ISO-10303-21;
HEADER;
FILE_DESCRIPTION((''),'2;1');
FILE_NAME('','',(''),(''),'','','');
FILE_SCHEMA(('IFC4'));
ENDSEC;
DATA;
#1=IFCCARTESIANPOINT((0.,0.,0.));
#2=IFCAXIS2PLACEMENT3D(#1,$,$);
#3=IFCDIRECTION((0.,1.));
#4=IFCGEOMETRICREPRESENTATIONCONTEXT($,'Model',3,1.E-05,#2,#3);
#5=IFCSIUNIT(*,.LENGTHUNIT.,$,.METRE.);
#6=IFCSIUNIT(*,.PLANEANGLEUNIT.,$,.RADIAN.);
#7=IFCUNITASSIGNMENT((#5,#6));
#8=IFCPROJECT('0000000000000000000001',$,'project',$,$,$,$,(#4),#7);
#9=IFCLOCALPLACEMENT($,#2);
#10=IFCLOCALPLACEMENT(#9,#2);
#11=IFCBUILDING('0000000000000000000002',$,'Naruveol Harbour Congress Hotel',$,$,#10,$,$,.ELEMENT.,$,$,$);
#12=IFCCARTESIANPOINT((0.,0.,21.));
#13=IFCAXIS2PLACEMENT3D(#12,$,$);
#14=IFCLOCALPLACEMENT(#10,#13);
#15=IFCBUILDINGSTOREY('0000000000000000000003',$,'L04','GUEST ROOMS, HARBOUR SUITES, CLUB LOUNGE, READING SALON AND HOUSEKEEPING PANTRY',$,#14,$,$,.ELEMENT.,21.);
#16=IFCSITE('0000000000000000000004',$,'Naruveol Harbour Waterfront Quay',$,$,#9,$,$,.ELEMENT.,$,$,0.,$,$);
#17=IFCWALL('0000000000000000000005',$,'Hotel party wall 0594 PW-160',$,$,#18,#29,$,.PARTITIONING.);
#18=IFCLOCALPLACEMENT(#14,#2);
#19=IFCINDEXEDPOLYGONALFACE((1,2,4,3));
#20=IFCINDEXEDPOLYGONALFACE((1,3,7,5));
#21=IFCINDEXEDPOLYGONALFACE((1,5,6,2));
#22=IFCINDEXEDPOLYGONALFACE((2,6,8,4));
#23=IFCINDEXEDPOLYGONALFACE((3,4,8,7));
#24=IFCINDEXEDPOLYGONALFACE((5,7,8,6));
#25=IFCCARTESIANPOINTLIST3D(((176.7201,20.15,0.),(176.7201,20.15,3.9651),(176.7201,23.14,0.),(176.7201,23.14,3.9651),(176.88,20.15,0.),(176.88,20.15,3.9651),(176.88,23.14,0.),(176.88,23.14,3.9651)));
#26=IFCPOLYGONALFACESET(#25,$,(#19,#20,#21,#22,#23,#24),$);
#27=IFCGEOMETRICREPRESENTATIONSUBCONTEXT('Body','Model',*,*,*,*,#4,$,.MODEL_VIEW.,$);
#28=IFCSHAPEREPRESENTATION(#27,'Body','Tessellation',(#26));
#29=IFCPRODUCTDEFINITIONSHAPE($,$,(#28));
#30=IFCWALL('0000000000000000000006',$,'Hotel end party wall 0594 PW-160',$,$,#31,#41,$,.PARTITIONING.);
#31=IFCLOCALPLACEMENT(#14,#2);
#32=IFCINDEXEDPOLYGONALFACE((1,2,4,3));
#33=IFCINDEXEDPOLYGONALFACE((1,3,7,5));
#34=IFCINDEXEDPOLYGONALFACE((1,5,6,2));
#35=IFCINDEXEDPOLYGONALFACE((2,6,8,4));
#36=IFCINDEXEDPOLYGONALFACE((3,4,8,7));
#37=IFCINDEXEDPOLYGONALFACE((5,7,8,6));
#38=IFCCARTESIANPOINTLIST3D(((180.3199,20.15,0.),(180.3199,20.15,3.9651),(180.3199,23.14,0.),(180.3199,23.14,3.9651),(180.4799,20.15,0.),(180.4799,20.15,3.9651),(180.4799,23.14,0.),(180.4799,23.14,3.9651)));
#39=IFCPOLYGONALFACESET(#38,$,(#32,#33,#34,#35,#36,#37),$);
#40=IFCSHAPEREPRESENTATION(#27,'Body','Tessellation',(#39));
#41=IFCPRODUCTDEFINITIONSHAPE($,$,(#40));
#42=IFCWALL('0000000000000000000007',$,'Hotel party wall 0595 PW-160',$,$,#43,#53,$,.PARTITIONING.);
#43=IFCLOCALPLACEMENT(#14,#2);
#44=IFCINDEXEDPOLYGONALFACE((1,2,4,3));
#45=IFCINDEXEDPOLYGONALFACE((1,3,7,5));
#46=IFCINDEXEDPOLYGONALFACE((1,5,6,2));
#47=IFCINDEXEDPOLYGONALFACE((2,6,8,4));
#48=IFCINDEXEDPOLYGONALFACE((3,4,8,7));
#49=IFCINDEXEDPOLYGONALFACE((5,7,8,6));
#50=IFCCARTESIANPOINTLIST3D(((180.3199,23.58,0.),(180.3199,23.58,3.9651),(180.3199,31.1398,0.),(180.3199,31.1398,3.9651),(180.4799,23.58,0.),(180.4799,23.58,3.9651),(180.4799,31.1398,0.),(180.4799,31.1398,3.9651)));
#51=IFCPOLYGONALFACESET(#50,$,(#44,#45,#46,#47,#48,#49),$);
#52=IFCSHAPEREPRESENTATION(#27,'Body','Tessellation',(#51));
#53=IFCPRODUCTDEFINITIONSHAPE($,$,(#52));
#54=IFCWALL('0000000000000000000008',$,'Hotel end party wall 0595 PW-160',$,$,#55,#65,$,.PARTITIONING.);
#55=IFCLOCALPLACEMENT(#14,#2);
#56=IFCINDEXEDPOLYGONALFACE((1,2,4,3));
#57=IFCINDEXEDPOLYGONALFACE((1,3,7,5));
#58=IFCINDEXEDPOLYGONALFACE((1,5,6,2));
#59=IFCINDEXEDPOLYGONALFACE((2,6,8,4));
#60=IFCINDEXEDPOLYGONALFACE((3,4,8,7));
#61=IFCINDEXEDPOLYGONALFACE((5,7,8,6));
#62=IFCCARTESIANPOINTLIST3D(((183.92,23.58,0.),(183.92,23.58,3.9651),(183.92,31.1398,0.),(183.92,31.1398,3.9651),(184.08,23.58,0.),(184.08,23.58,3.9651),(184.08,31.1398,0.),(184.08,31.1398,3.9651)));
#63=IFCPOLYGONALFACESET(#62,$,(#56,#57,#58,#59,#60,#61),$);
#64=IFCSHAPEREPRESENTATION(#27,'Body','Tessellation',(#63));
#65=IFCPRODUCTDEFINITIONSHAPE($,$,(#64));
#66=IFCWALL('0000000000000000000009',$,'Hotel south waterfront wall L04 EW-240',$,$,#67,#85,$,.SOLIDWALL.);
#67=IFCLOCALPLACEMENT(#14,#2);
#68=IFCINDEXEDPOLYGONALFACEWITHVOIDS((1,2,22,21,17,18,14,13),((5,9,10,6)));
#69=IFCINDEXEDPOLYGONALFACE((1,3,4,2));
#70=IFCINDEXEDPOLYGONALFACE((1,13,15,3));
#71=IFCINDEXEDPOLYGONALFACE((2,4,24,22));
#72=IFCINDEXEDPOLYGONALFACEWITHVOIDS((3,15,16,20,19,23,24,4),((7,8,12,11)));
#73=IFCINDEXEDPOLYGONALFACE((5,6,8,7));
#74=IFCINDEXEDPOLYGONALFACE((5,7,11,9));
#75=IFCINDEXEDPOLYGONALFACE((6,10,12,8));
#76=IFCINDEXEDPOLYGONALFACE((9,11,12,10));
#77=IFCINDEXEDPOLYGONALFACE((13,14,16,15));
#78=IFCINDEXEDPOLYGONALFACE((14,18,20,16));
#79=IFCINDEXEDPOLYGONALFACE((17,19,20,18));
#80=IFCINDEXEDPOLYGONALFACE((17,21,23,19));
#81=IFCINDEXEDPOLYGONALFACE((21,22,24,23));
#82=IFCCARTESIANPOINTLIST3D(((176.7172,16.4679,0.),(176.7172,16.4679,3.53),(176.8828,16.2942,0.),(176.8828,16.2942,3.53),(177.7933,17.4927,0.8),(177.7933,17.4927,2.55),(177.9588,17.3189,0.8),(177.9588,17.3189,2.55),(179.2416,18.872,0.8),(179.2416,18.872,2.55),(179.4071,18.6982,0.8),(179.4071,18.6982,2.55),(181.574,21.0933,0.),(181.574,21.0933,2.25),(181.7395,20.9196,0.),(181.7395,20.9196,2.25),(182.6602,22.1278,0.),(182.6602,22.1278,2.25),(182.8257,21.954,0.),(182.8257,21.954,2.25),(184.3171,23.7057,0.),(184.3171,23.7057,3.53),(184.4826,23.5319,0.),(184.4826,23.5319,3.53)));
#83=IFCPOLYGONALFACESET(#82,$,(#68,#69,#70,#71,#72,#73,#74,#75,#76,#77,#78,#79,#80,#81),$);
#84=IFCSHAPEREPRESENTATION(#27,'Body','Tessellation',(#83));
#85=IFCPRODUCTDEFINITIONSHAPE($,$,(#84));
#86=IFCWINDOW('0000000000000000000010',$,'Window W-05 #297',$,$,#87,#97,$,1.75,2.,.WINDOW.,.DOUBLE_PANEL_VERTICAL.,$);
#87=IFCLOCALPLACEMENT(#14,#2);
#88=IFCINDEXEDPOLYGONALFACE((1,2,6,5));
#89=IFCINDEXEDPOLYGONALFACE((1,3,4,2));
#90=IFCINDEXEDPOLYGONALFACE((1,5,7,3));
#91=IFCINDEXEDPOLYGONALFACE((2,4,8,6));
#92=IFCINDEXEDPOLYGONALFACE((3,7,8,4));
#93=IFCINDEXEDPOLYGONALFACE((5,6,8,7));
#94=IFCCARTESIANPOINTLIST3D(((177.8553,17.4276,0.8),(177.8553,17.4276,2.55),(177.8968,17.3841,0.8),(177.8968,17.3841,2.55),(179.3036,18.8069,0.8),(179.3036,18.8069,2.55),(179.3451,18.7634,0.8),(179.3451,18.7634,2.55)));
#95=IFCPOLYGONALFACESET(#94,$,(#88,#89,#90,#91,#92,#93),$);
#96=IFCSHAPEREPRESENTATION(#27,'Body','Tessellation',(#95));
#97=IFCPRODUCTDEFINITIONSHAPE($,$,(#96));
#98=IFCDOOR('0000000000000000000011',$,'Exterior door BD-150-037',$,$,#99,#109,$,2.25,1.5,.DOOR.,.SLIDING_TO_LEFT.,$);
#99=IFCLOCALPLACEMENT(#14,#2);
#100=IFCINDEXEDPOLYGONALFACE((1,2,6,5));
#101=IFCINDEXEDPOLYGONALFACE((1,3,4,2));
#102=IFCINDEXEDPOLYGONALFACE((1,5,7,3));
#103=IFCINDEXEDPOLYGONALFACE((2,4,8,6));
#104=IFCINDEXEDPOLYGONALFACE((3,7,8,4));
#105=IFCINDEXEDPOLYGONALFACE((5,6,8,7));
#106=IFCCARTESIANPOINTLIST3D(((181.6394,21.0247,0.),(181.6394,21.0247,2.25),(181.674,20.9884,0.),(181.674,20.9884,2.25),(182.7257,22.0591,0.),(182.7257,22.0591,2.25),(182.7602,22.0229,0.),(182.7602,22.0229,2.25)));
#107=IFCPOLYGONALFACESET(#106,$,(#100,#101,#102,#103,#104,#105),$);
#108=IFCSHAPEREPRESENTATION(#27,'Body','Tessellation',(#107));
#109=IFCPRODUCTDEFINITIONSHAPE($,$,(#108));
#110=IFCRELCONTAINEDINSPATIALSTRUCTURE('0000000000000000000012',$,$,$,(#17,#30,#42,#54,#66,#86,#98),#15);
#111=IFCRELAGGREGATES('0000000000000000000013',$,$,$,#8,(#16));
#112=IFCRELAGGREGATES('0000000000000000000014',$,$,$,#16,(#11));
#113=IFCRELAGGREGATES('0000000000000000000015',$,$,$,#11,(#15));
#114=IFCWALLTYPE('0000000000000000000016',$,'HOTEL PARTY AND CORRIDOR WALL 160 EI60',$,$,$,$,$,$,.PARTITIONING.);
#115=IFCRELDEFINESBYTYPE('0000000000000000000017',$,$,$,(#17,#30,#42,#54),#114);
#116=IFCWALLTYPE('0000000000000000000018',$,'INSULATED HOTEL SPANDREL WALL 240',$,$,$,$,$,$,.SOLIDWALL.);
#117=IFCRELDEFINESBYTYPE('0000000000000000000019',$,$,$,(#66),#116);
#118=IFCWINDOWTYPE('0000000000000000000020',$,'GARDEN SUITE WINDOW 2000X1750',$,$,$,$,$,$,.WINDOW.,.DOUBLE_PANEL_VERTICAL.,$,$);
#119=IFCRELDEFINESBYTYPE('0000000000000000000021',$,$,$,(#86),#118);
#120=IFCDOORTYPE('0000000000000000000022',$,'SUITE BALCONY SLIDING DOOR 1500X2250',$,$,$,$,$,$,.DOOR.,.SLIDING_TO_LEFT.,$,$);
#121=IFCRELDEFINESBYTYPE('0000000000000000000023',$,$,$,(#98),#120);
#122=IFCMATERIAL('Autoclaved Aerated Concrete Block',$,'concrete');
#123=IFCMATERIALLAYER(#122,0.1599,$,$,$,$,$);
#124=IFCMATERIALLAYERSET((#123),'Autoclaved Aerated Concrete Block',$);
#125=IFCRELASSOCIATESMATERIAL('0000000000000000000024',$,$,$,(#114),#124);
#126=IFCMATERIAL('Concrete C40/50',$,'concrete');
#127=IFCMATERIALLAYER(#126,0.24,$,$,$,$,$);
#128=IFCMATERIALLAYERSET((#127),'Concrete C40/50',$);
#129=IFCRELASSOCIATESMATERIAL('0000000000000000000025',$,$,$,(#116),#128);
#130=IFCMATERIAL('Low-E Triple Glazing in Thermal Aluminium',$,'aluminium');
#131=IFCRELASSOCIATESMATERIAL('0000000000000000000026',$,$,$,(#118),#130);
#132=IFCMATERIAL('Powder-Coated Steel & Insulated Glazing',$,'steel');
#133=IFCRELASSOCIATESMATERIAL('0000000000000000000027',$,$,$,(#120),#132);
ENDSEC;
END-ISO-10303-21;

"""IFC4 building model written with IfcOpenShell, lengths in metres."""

from ifc_helpers import new_model, si_unit, direction, frame, frame_2d, origin, place, context, subcontext, project, spatial, rectangle, extrude, material, layer, layer_set, type_object, element, fill, save


model = new_model("IFC4")

# Units and contexts
model_context = context("Model", 3, precision=1e-05, world=origin(), true_north=direction((0.0, 1.0)))
body_context = subcontext(model_context, "Body", "Model", "MODEL_VIEW")
ifc_project = project(units=[si_unit("LENGTHUNIT", "METRE"), si_unit("PLANEANGLEUNIT", "RADIAN")], contexts=[model_context])

# Site, building, storey
site_placement = place(None, origin())
site = spatial("IfcSite", under=ifc_project, at=site_placement, Name="Naruveol Harbour Waterfront Quay", CompositionType="ELEMENT", RefElevation=0.0)
building_placement = place(site_placement, origin())
building = spatial("IfcBuilding", under=site, at=building_placement, Name="Naruveol Harbour Congress Hotel", CompositionType="ELEMENT")
storey_placement = place(building_placement, frame((0.0, 0.0, 21.0)))
storey = spatial("IfcBuildingStorey", under=building, at=storey_placement, Name="L04", Description="GUEST ROOMS, HARBOUR SUITES, CLUB LOUNGE, READING SALON AND HOUSEKEEPING PANTRY", CompositionType="ELEMENT", Elevation=21.0)

# Shared definitions
ifc_material_1 = material(Name="Autoclaved Aerated Concrete Block", Category="concrete")
ifc_layer_1 = layer(ifc_material_1, 0.1599)
ifc_layer_set_1 = layer_set([ifc_layer_1], Name="Autoclaved Aerated Concrete Block")
wall_type_1 = type_object("IfcWallType", Name="HOTEL PARTY AND CORRIDOR WALL 160 EI60", PredefinedType="PARTITIONING", material=ifc_layer_set_1)

# Walls
for number, where, z_axis, x_axis, name in (
    (1, (176.8, 20.1499, 0.0), (0.0, 0.0, 1.0), (0.0, 1.0, 0.0), "Hotel party wall 0594 PW-160"),
    (2, (180.3999, 20.1499, 0.0), (0.0, 0.0, 1.0), (0.0, 1.0, 0.0), "Hotel end party wall 0594 PW-160"),
):
    element("IfcWall", number, at=place(storey_placement, frame(where, z_axis=z_axis, x_axis=x_axis)), inside=storey, type_object=wall_type_1, Name=name, PredefinedType="PARTITIONING", context=body_context, shape_type="SweptSolid", body=[
        extrude(rectangle(XDim=2.99, YDim=0.1599, at=frame_2d((1.4951, 0.0))), origin(), (0.0, 0.0, 1.0), 3.9651),
    ])
for number, where, z_axis, x_axis, name in (
    (3, (180.3999, 23.5801, 0.0), (0.0, 0.0, 1.0), (0.0, 1.0, 0.0), "Hotel party wall 0595 PW-160"),
    (4, (184.0, 23.5801, 0.0), (0.0, 0.0, 1.0), (0.0, 1.0, 0.0), "Hotel end party wall 0595 PW-160"),
):
    element("IfcWall", number, at=place(storey_placement, frame(where, z_axis=z_axis, x_axis=x_axis)), inside=storey, type_object=wall_type_1, Name=name, PredefinedType="PARTITIONING", context=body_context, shape_type="SweptSolid", body=[
        extrude(rectangle(XDim=7.5598, YDim=0.1599, at=frame_2d((3.7798, 0.0))), origin(), (0.0, 0.0, 1.0), 3.9651),
    ])

# Wall, openings, window, door
ifc_material_2 = material(Name="Concrete C40/50", Category="concrete")
ifc_layer_2 = layer(ifc_material_2, 0.24)
ifc_layer_set_2 = layer_set([ifc_layer_2], Name="Concrete C40/50")
wall_type_2 = type_object("IfcWallType", Name="INSULATED HOTEL SPANDREL WALL 240", PredefinedType="SOLIDWALL", material=ifc_layer_set_2)
wall_1_placement = place(storey_placement, frame((184.3999, 23.6189, 0.0), z_axis=(0.0, 0.0, 1.0), x_axis=(-0.724146, -0.689647, 0.0)))
wall_1 = element("IfcWall", 5, at=wall_1_placement, inside=storey, type_object=wall_type_2, Name="Hotel south waterfront wall L04 EW-240", PredefinedType="SOLIDWALL", context=body_context, shape_type="SweptSolid", body=[
    extrude(rectangle(XDim=10.4949, YDim=0.24, at=frame_2d((5.2476, 0.0))), origin(), (0.0, 0.0, 1.0), 3.53),
])
opening_1_placement = place(wall_1_placement, frame((2.2881, 0.0, 0.0)))
opening_1 = element("IfcOpeningElement", 6, at=opening_1_placement, cuts=wall_1, PredefinedType="OPENING", context=body_context, shape_type="SweptSolid", body=[
    extrude(rectangle(XDim=1.5, YDim=2.25, at=frame_2d((0.75, 1.125))), frame((0.0, 0.1299, 0.0), z_axis=(0.0, -1.0, 0.0), x_axis=(1.0, 0.0, 0.0)), (0.0, 0.0, 1.0), 0.26),
])
opening_2_placement = place(wall_1_placement, frame((7.009, 0.0, 0.8)))
opening_2 = element("IfcOpeningElement", 7, at=opening_2_placement, cuts=wall_1, PredefinedType="OPENING", context=body_context, shape_type="SweptSolid", body=[
    extrude(rectangle(XDim=2.0, YDim=1.75, at=frame_2d((1.0, 0.875))), frame((0.0, 0.1299, 0.0), z_axis=(0.0, -1.0, 0.0), x_axis=(1.0, 0.0, 0.0)), (0.0, 0.0, 1.0), 0.26),
])
ifc_material_3 = material(Name="Low-E Triple Glazing in Thermal Aluminium", Category="aluminium")
window_type = type_object("IfcWindowType", Name="GARDEN SUITE WINDOW 2000X1750", PartitioningType="DOUBLE_PANEL_VERTICAL", PredefinedType="WINDOW", material=ifc_material_3)
window_placement = place(opening_2_placement, origin())
window = element("IfcWindow", 8, at=window_placement, inside=storey, type_object=window_type, Name="Window W-05 #297", OverallHeight=1.75, OverallWidth=2.0, PartitioningType="DOUBLE_PANEL_VERTICAL", PredefinedType="WINDOW", context=body_context, shape_type="SweptSolid", body=[
    extrude(rectangle(XDim=2.0, YDim=1.75, at=frame_2d((1.0, 0.875))), frame((0.0, 0.03, 0.0), z_axis=(0.0, -1.0, 0.0), x_axis=(1.0, 0.0, 0.0)), (0.0, 0.0, 1.0), 0.0601),
])
fill(opening_2, window)
ifc_material_4 = material(Name="Powder-Coated Steel & Insulated Glazing", Category="steel")
door_type_1 = type_object("IfcDoorType", Name="SUITE BALCONY SLIDING DOOR 1500X2250", OperationType="SLIDING_TO_LEFT", PredefinedType="DOOR", material=ifc_material_4)
door_1_placement = place(opening_1_placement, origin())
door_1 = element("IfcDoor", 9, at=door_1_placement, inside=storey, type_object=door_type_1, Name="Exterior door BD-150-037", OperationType="SLIDING_TO_LEFT", OverallHeight=2.25, OverallWidth=1.5, PredefinedType="DOOR", context=body_context, shape_type="SweptSolid", body=[
    extrude(rectangle(XDim=1.5, YDim=2.25, at=frame_2d((0.75, 1.125))), frame((0.0, 0.0249, 0.0), z_axis=(0.0, -1.0, 0.0), x_axis=(1.0, 0.0, 0.0)), (0.0, 0.0, 1.0), 0.05),
])
fill(opening_1, door_1)

save(model, "model.ifc")
